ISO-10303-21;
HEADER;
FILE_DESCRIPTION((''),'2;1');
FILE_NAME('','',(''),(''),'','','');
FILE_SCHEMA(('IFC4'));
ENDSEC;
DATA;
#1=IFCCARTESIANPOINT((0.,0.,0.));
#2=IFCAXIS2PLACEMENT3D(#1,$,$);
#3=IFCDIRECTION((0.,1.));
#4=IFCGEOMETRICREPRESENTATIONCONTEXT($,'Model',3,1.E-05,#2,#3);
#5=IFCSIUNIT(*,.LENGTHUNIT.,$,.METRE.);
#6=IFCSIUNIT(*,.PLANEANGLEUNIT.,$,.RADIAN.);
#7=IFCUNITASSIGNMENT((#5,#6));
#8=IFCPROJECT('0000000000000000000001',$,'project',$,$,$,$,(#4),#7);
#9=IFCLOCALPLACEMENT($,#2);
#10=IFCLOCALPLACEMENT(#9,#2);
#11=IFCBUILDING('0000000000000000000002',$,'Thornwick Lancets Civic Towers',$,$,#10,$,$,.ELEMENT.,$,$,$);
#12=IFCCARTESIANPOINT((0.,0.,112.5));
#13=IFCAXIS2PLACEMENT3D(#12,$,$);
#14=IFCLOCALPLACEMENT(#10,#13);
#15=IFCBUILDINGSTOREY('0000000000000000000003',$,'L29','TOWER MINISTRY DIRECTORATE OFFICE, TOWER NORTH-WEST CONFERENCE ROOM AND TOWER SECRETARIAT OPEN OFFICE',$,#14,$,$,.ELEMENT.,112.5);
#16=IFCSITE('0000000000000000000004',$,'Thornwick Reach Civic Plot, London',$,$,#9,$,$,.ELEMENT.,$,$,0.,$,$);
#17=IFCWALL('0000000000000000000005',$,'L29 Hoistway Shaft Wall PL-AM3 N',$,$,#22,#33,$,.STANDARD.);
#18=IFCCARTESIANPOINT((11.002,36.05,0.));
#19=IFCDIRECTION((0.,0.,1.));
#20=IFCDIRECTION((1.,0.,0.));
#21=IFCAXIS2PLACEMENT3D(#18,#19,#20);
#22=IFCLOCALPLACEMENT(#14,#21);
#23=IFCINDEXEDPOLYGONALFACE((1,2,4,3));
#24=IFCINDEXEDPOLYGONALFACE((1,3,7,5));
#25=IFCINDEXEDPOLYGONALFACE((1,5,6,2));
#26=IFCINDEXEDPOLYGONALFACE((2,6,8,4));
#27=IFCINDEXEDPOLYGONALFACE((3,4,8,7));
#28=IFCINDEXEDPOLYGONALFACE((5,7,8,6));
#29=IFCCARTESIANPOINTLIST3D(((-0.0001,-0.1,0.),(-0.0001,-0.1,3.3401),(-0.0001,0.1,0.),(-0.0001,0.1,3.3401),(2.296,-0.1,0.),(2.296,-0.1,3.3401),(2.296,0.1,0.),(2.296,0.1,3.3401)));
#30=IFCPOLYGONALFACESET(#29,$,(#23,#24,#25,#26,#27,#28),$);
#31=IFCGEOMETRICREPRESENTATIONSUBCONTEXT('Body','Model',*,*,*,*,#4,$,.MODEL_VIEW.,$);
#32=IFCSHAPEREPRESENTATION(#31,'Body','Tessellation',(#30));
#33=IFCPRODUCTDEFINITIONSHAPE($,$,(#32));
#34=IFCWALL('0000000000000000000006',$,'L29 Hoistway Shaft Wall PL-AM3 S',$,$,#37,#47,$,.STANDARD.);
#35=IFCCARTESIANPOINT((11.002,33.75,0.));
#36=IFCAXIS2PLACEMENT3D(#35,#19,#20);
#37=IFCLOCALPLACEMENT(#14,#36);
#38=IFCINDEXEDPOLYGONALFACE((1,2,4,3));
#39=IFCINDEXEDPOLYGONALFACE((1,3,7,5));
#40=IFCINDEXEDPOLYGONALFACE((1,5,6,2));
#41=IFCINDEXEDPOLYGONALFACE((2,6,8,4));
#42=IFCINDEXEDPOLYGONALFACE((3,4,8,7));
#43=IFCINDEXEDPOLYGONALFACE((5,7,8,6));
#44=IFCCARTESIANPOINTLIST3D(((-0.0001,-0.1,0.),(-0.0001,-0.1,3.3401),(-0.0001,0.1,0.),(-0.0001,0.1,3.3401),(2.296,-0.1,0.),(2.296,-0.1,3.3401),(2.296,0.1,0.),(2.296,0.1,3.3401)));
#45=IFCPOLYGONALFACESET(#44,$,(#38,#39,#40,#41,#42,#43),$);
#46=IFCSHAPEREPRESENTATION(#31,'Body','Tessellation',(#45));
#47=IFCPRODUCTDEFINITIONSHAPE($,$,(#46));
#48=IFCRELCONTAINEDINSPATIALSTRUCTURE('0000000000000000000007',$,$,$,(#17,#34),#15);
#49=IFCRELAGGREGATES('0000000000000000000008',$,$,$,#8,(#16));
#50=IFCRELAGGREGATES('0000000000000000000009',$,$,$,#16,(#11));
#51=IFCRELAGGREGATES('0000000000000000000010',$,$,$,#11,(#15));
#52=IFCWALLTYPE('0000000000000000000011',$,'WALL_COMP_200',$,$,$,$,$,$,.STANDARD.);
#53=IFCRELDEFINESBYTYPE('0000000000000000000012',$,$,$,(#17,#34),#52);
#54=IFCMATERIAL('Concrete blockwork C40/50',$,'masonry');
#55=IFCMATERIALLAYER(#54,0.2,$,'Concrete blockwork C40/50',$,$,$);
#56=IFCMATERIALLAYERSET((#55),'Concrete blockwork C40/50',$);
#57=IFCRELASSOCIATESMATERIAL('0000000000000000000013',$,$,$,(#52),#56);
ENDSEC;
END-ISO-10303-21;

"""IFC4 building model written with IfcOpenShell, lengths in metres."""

from ifc_helpers import new_model, si_unit, direction, frame, frame_2d, origin, place, context, subcontext, project, spatial, rectangle, extrude, material, layer, layer_set, type_object, element, save


model = new_model("IFC4")

# Units and contexts
model_context = context("Model", 3, precision=1e-05, world=origin(), true_north=direction((0.0, 1.0)))
body_context = subcontext(model_context, "Body", "Model", "MODEL_VIEW")
ifc_project = project(units=[si_unit("LENGTHUNIT", "METRE"), si_unit("PLANEANGLEUNIT", "RADIAN")], contexts=[model_context])

# Site, building, storey
site_placement = place(None, origin())
site = spatial("IfcSite", under=ifc_project, at=site_placement, Name="Thornwick Reach Civic Plot, London", CompositionType="ELEMENT", RefElevation=0.0)
building_placement = place(site_placement, origin())
building = spatial("IfcBuilding", under=site, at=building_placement, Name="Thornwick Lancets Civic Towers", CompositionType="ELEMENT")
storey_placement = place(building_placement, frame((0.0, 0.0, 112.5)))
storey = spatial("IfcBuildingStorey", under=building, at=storey_placement, Name="L29", Description="TOWER MINISTRY DIRECTORATE OFFICE, TOWER NORTH-WEST CONFERENCE ROOM AND TOWER SECRETARIAT OPEN OFFICE", CompositionType="ELEMENT", Elevation=112.5)

# Shared definitions
ifc_material_1 = material(Name="Concrete blockwork C40/50", Category="masonry")
ifc_layer_1 = layer(ifc_material_1, 0.2, Name="Concrete blockwork C40/50")
ifc_layer_set_1 = layer_set([ifc_layer_1], Name="Concrete blockwork C40/50")
wall_type_1 = type_object("IfcWallType", Name="WALL_COMP_200", PredefinedType="STANDARD", material=ifc_layer_set_1)

# Walls
for number, where, z_axis, x_axis, name in (
    (1, (11.002, 36.05, 0.0), (0.0, 0.0, 1.0), (1.0, 0.0, 0.0), "L29 Hoistway Shaft Wall PL-AM3 N"),
    (2, (11.002, 33.75, 0.0), (0.0, 0.0, 1.0), (1.0, 0.0, 0.0), "L29 Hoistway Shaft Wall PL-AM3 S"),
):
    element("IfcWall", number, at=place(storey_placement, frame(where, z_axis=z_axis, x_axis=x_axis)), inside=storey, type_object=wall_type_1, Name=name, PredefinedType="STANDARD", context=body_context, shape_type="SweptSolid", body=[
        extrude(rectangle(XDim=2.2961, YDim=0.2, at=frame_2d((1.1479, 0.0))), origin(), (0.0, 0.0, 1.0), 3.3401),
    ])

save(model, "model.ifc")
